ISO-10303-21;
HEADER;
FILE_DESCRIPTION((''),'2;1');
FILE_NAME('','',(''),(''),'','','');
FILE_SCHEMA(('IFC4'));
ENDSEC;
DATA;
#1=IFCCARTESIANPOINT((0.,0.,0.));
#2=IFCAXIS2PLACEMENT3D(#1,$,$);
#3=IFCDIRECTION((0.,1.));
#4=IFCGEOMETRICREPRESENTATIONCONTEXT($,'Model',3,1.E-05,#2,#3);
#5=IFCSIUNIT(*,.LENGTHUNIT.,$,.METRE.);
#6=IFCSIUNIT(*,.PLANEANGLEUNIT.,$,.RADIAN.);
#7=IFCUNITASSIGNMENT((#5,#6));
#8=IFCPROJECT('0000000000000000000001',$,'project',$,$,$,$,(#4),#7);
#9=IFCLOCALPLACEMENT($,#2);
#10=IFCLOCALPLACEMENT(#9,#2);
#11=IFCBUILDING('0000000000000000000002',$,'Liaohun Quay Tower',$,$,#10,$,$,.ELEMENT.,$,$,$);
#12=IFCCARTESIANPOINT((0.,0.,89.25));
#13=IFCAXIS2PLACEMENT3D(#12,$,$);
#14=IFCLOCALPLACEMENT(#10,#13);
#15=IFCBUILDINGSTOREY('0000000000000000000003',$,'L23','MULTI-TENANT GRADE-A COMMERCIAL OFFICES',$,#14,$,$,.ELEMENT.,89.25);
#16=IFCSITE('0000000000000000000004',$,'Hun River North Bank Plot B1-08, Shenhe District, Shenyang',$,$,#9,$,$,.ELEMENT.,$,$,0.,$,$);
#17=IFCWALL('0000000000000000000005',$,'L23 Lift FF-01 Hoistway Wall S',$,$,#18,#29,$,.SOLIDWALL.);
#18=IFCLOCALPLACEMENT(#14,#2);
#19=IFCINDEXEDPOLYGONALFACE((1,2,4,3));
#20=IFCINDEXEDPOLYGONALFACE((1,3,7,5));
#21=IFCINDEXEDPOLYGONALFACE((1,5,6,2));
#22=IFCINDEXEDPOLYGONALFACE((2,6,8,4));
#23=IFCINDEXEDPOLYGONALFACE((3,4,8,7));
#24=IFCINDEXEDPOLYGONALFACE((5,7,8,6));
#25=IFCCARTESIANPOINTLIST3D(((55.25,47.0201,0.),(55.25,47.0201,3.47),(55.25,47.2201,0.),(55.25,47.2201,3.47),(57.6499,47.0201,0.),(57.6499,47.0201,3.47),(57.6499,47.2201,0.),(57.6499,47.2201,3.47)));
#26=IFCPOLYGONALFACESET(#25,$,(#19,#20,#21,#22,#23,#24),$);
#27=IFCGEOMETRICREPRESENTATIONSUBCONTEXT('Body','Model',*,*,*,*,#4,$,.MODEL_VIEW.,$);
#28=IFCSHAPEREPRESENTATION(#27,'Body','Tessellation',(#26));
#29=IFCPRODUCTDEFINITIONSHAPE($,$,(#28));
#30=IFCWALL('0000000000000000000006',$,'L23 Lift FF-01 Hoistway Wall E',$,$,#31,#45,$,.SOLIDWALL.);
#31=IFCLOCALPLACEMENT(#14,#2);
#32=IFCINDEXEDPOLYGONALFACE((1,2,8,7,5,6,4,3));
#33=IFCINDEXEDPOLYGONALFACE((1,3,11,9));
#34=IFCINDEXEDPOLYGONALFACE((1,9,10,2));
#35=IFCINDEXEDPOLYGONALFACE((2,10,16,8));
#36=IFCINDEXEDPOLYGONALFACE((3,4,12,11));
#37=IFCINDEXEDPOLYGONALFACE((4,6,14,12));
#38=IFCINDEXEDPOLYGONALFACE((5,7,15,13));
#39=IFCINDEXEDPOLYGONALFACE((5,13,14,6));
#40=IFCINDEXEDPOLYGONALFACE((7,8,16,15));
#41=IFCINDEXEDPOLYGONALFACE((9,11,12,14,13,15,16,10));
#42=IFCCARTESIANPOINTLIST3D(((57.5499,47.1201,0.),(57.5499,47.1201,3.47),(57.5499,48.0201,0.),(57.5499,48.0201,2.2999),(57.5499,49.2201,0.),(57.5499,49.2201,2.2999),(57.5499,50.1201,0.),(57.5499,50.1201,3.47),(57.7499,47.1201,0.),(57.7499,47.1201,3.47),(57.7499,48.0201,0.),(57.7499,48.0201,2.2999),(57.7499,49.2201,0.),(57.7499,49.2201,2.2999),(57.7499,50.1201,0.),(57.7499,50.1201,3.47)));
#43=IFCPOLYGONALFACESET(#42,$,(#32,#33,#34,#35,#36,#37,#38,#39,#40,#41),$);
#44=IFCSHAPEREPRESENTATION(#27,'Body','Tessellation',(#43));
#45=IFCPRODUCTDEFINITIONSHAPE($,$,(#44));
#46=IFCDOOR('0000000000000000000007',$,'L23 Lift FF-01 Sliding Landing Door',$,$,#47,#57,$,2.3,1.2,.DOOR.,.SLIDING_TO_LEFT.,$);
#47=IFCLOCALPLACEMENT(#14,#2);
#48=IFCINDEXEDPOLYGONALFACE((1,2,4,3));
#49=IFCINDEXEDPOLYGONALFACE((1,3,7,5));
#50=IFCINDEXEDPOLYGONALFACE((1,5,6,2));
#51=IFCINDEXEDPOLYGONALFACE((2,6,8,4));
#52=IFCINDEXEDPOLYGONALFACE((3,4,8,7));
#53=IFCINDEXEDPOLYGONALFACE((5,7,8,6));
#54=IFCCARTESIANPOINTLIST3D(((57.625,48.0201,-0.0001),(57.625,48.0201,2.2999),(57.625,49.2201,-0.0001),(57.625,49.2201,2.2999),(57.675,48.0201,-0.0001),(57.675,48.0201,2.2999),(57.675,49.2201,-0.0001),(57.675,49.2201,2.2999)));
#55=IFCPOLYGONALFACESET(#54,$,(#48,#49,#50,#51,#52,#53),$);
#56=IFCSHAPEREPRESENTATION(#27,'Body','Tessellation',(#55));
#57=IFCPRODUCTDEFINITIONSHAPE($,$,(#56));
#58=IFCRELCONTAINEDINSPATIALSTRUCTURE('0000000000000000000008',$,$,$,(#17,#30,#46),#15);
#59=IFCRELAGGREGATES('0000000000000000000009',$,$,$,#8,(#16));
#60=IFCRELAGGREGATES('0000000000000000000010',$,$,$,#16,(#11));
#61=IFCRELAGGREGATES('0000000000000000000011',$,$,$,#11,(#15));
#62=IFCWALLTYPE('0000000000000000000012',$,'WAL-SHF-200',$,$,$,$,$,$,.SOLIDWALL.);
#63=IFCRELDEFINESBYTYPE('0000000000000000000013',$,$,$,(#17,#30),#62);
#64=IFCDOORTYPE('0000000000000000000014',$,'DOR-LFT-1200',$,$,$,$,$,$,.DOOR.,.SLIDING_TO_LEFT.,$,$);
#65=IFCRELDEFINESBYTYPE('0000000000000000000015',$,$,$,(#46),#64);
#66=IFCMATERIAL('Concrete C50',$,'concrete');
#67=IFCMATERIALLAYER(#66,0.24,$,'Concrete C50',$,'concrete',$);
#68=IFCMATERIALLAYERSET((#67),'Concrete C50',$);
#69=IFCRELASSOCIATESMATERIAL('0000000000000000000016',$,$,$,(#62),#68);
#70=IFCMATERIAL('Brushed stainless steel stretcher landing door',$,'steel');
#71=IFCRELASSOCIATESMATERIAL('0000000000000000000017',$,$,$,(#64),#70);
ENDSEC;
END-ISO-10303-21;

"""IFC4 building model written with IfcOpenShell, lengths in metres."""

from ifc_helpers import new_model, si_unit, direction, frame, frame_2d, origin, place, context, subcontext, project, spatial, rectangle, extrude, source, transform, mapped, material, layer, layer_set, type_object, element, fill, save


model = new_model("IFC4")

# Units and contexts
model_context = context("Model", 3, precision=1e-05, world=origin(), true_north=direction((0.0, 1.0)))
body_context = subcontext(model_context, "Body", "Model", "MODEL_VIEW")
ifc_project = project(units=[si_unit("LENGTHUNIT", "METRE"), si_unit("PLANEANGLEUNIT", "RADIAN")], contexts=[model_context])

# Site, building, storey
site_placement = place(None, origin())
site = spatial("IfcSite", under=ifc_project, at=site_placement, Name="Hun River North Bank Plot B1-08, Shenhe District, Shenyang", CompositionType="ELEMENT", RefElevation=0.0)
building_placement = place(site_placement, origin())
building = spatial("IfcBuilding", under=site, at=building_placement, Name="Liaohun Quay Tower", CompositionType="ELEMENT")
storey_placement = place(building_placement, frame((0.0, 0.0, 89.25)))
storey = spatial("IfcBuildingStorey", under=building, at=storey_placement, Name="L23", Description="MULTI-TENANT GRADE-A COMMERCIAL OFFICES", CompositionType="ELEMENT", Elevation=89.25)

# Shared definitions
ifc_material_1 = material(Name="Concrete C50", Category="concrete")

# Wall
ifc_layer_1 = layer(ifc_material_1, 0.24, Name="Concrete C50", Category="concrete")
ifc_layer_set_1 = layer_set([ifc_layer_1], Name="Concrete C50")
wall_type_1 = type_object("IfcWallType", Name="WAL-SHF-200", PredefinedType="SOLIDWALL", material=ifc_layer_set_1)
wall_1_placement = place(storey_placement, frame((55.25, 47.1201, 0.0), z_axis=(0.0, 0.0, 1.0), x_axis=(1.0, 0.0, 0.0)))
element("IfcWall", 1, at=wall_1_placement, inside=storey, type_object=wall_type_1, Name="L23 Lift FF-01 Hoistway Wall S", PredefinedType="SOLIDWALL", context=body_context, shape_type="SweptSolid", body=[
    extrude(rectangle(XDim=2.3999, YDim=0.2, at=frame_2d((1.2, 0.0))), origin(), (0.0, 0.0, 1.0), 3.47),
])

# Wall, opening, door
wall_2_placement = place(storey_placement, frame((57.6499, 47.1201, 0.0), z_axis=(0.0, 0.0, 1.0), x_axis=(0.0, 1.0, 0.0)))
wall_2 = element("IfcWall", 2, at=wall_2_placement, inside=storey, type_object=wall_type_1, Name="L23 Lift FF-01 Hoistway Wall E", PredefinedType="SOLIDWALL", context=body_context, shape_type="SweptSolid", body=[
    extrude(rectangle(XDim=3.0, YDim=0.2, at=frame_2d((1.5, 0.0))), origin(), (0.0, 0.0, 1.0), 3.47),
])
shared_shape_1 = source(origin(), body_context, "Body", "SweptSolid", [
    extrude(rectangle(XDim=1.2, YDim=2.3, at=frame_2d((0.6001, 1.1499))), frame((0.0, 0.1099, 0.0), z_axis=(0.0, -1.0, 0.0), x_axis=(1.0, 0.0, 0.0)), (0.0, 0.0, 1.0), 0.22),
])
opening_1_placement = place(wall_2_placement, frame((0.8999, 0.0, 0.0)))
opening_1 = element("IfcOpeningElement", 3, at=opening_1_placement, cuts=wall_2, PredefinedType="OPENING", context=body_context, shape_type="MappedRepresentation", body=[
    mapped(shared_shape_1, transform((0.0, 0.0, 0.0), x_axis=(1.0, 0.0, 0.0), y_axis=(0.0, 1.0, 0.0), z_axis=(0.0, 0.0, 1.0), scale=1.0)),
])
ifc_material_2 = material(Name="Brushed stainless steel stretcher landing door", Category="steel")
door_type_1 = type_object("IfcDoorType", Name="DOR-LFT-1200", OperationType="SLIDING_TO_LEFT", PredefinedType="DOOR", material=ifc_material_2)
shared_shape_2 = source(origin(), body_context, "Body", "SweptSolid", [
    extrude(rectangle(XDim=1.2, YDim=2.3, at=frame_2d((0.6001, 1.1499))), frame((0.0, 0.0249, 0.0), z_axis=(0.0, -1.0, 0.0), x_axis=(1.0, 0.0, 0.0)), (0.0, 0.0, 1.0), 0.05),
])
door_1_placement = place(opening_1_placement, origin())
door_1 = element("IfcDoor", 4, at=door_1_placement, inside=storey, type_object=door_type_1, Name="L23 Lift FF-01 Sliding Landing Door", OperationType="SLIDING_TO_LEFT", OverallHeight=2.3, OverallWidth=1.2, PredefinedType="DOOR", context=body_context, shape_type="MappedRepresentation", body=[
    mapped(shared_shape_2, transform((0.0, 0.0, 0.0), x_axis=(1.0, 0.0, 0.0), y_axis=(0.0, 1.0, 0.0), z_axis=(0.0, 0.0, 1.0), scale=1.0)),
])
fill(opening_1, door_1)

save(model, "model.ifc")
